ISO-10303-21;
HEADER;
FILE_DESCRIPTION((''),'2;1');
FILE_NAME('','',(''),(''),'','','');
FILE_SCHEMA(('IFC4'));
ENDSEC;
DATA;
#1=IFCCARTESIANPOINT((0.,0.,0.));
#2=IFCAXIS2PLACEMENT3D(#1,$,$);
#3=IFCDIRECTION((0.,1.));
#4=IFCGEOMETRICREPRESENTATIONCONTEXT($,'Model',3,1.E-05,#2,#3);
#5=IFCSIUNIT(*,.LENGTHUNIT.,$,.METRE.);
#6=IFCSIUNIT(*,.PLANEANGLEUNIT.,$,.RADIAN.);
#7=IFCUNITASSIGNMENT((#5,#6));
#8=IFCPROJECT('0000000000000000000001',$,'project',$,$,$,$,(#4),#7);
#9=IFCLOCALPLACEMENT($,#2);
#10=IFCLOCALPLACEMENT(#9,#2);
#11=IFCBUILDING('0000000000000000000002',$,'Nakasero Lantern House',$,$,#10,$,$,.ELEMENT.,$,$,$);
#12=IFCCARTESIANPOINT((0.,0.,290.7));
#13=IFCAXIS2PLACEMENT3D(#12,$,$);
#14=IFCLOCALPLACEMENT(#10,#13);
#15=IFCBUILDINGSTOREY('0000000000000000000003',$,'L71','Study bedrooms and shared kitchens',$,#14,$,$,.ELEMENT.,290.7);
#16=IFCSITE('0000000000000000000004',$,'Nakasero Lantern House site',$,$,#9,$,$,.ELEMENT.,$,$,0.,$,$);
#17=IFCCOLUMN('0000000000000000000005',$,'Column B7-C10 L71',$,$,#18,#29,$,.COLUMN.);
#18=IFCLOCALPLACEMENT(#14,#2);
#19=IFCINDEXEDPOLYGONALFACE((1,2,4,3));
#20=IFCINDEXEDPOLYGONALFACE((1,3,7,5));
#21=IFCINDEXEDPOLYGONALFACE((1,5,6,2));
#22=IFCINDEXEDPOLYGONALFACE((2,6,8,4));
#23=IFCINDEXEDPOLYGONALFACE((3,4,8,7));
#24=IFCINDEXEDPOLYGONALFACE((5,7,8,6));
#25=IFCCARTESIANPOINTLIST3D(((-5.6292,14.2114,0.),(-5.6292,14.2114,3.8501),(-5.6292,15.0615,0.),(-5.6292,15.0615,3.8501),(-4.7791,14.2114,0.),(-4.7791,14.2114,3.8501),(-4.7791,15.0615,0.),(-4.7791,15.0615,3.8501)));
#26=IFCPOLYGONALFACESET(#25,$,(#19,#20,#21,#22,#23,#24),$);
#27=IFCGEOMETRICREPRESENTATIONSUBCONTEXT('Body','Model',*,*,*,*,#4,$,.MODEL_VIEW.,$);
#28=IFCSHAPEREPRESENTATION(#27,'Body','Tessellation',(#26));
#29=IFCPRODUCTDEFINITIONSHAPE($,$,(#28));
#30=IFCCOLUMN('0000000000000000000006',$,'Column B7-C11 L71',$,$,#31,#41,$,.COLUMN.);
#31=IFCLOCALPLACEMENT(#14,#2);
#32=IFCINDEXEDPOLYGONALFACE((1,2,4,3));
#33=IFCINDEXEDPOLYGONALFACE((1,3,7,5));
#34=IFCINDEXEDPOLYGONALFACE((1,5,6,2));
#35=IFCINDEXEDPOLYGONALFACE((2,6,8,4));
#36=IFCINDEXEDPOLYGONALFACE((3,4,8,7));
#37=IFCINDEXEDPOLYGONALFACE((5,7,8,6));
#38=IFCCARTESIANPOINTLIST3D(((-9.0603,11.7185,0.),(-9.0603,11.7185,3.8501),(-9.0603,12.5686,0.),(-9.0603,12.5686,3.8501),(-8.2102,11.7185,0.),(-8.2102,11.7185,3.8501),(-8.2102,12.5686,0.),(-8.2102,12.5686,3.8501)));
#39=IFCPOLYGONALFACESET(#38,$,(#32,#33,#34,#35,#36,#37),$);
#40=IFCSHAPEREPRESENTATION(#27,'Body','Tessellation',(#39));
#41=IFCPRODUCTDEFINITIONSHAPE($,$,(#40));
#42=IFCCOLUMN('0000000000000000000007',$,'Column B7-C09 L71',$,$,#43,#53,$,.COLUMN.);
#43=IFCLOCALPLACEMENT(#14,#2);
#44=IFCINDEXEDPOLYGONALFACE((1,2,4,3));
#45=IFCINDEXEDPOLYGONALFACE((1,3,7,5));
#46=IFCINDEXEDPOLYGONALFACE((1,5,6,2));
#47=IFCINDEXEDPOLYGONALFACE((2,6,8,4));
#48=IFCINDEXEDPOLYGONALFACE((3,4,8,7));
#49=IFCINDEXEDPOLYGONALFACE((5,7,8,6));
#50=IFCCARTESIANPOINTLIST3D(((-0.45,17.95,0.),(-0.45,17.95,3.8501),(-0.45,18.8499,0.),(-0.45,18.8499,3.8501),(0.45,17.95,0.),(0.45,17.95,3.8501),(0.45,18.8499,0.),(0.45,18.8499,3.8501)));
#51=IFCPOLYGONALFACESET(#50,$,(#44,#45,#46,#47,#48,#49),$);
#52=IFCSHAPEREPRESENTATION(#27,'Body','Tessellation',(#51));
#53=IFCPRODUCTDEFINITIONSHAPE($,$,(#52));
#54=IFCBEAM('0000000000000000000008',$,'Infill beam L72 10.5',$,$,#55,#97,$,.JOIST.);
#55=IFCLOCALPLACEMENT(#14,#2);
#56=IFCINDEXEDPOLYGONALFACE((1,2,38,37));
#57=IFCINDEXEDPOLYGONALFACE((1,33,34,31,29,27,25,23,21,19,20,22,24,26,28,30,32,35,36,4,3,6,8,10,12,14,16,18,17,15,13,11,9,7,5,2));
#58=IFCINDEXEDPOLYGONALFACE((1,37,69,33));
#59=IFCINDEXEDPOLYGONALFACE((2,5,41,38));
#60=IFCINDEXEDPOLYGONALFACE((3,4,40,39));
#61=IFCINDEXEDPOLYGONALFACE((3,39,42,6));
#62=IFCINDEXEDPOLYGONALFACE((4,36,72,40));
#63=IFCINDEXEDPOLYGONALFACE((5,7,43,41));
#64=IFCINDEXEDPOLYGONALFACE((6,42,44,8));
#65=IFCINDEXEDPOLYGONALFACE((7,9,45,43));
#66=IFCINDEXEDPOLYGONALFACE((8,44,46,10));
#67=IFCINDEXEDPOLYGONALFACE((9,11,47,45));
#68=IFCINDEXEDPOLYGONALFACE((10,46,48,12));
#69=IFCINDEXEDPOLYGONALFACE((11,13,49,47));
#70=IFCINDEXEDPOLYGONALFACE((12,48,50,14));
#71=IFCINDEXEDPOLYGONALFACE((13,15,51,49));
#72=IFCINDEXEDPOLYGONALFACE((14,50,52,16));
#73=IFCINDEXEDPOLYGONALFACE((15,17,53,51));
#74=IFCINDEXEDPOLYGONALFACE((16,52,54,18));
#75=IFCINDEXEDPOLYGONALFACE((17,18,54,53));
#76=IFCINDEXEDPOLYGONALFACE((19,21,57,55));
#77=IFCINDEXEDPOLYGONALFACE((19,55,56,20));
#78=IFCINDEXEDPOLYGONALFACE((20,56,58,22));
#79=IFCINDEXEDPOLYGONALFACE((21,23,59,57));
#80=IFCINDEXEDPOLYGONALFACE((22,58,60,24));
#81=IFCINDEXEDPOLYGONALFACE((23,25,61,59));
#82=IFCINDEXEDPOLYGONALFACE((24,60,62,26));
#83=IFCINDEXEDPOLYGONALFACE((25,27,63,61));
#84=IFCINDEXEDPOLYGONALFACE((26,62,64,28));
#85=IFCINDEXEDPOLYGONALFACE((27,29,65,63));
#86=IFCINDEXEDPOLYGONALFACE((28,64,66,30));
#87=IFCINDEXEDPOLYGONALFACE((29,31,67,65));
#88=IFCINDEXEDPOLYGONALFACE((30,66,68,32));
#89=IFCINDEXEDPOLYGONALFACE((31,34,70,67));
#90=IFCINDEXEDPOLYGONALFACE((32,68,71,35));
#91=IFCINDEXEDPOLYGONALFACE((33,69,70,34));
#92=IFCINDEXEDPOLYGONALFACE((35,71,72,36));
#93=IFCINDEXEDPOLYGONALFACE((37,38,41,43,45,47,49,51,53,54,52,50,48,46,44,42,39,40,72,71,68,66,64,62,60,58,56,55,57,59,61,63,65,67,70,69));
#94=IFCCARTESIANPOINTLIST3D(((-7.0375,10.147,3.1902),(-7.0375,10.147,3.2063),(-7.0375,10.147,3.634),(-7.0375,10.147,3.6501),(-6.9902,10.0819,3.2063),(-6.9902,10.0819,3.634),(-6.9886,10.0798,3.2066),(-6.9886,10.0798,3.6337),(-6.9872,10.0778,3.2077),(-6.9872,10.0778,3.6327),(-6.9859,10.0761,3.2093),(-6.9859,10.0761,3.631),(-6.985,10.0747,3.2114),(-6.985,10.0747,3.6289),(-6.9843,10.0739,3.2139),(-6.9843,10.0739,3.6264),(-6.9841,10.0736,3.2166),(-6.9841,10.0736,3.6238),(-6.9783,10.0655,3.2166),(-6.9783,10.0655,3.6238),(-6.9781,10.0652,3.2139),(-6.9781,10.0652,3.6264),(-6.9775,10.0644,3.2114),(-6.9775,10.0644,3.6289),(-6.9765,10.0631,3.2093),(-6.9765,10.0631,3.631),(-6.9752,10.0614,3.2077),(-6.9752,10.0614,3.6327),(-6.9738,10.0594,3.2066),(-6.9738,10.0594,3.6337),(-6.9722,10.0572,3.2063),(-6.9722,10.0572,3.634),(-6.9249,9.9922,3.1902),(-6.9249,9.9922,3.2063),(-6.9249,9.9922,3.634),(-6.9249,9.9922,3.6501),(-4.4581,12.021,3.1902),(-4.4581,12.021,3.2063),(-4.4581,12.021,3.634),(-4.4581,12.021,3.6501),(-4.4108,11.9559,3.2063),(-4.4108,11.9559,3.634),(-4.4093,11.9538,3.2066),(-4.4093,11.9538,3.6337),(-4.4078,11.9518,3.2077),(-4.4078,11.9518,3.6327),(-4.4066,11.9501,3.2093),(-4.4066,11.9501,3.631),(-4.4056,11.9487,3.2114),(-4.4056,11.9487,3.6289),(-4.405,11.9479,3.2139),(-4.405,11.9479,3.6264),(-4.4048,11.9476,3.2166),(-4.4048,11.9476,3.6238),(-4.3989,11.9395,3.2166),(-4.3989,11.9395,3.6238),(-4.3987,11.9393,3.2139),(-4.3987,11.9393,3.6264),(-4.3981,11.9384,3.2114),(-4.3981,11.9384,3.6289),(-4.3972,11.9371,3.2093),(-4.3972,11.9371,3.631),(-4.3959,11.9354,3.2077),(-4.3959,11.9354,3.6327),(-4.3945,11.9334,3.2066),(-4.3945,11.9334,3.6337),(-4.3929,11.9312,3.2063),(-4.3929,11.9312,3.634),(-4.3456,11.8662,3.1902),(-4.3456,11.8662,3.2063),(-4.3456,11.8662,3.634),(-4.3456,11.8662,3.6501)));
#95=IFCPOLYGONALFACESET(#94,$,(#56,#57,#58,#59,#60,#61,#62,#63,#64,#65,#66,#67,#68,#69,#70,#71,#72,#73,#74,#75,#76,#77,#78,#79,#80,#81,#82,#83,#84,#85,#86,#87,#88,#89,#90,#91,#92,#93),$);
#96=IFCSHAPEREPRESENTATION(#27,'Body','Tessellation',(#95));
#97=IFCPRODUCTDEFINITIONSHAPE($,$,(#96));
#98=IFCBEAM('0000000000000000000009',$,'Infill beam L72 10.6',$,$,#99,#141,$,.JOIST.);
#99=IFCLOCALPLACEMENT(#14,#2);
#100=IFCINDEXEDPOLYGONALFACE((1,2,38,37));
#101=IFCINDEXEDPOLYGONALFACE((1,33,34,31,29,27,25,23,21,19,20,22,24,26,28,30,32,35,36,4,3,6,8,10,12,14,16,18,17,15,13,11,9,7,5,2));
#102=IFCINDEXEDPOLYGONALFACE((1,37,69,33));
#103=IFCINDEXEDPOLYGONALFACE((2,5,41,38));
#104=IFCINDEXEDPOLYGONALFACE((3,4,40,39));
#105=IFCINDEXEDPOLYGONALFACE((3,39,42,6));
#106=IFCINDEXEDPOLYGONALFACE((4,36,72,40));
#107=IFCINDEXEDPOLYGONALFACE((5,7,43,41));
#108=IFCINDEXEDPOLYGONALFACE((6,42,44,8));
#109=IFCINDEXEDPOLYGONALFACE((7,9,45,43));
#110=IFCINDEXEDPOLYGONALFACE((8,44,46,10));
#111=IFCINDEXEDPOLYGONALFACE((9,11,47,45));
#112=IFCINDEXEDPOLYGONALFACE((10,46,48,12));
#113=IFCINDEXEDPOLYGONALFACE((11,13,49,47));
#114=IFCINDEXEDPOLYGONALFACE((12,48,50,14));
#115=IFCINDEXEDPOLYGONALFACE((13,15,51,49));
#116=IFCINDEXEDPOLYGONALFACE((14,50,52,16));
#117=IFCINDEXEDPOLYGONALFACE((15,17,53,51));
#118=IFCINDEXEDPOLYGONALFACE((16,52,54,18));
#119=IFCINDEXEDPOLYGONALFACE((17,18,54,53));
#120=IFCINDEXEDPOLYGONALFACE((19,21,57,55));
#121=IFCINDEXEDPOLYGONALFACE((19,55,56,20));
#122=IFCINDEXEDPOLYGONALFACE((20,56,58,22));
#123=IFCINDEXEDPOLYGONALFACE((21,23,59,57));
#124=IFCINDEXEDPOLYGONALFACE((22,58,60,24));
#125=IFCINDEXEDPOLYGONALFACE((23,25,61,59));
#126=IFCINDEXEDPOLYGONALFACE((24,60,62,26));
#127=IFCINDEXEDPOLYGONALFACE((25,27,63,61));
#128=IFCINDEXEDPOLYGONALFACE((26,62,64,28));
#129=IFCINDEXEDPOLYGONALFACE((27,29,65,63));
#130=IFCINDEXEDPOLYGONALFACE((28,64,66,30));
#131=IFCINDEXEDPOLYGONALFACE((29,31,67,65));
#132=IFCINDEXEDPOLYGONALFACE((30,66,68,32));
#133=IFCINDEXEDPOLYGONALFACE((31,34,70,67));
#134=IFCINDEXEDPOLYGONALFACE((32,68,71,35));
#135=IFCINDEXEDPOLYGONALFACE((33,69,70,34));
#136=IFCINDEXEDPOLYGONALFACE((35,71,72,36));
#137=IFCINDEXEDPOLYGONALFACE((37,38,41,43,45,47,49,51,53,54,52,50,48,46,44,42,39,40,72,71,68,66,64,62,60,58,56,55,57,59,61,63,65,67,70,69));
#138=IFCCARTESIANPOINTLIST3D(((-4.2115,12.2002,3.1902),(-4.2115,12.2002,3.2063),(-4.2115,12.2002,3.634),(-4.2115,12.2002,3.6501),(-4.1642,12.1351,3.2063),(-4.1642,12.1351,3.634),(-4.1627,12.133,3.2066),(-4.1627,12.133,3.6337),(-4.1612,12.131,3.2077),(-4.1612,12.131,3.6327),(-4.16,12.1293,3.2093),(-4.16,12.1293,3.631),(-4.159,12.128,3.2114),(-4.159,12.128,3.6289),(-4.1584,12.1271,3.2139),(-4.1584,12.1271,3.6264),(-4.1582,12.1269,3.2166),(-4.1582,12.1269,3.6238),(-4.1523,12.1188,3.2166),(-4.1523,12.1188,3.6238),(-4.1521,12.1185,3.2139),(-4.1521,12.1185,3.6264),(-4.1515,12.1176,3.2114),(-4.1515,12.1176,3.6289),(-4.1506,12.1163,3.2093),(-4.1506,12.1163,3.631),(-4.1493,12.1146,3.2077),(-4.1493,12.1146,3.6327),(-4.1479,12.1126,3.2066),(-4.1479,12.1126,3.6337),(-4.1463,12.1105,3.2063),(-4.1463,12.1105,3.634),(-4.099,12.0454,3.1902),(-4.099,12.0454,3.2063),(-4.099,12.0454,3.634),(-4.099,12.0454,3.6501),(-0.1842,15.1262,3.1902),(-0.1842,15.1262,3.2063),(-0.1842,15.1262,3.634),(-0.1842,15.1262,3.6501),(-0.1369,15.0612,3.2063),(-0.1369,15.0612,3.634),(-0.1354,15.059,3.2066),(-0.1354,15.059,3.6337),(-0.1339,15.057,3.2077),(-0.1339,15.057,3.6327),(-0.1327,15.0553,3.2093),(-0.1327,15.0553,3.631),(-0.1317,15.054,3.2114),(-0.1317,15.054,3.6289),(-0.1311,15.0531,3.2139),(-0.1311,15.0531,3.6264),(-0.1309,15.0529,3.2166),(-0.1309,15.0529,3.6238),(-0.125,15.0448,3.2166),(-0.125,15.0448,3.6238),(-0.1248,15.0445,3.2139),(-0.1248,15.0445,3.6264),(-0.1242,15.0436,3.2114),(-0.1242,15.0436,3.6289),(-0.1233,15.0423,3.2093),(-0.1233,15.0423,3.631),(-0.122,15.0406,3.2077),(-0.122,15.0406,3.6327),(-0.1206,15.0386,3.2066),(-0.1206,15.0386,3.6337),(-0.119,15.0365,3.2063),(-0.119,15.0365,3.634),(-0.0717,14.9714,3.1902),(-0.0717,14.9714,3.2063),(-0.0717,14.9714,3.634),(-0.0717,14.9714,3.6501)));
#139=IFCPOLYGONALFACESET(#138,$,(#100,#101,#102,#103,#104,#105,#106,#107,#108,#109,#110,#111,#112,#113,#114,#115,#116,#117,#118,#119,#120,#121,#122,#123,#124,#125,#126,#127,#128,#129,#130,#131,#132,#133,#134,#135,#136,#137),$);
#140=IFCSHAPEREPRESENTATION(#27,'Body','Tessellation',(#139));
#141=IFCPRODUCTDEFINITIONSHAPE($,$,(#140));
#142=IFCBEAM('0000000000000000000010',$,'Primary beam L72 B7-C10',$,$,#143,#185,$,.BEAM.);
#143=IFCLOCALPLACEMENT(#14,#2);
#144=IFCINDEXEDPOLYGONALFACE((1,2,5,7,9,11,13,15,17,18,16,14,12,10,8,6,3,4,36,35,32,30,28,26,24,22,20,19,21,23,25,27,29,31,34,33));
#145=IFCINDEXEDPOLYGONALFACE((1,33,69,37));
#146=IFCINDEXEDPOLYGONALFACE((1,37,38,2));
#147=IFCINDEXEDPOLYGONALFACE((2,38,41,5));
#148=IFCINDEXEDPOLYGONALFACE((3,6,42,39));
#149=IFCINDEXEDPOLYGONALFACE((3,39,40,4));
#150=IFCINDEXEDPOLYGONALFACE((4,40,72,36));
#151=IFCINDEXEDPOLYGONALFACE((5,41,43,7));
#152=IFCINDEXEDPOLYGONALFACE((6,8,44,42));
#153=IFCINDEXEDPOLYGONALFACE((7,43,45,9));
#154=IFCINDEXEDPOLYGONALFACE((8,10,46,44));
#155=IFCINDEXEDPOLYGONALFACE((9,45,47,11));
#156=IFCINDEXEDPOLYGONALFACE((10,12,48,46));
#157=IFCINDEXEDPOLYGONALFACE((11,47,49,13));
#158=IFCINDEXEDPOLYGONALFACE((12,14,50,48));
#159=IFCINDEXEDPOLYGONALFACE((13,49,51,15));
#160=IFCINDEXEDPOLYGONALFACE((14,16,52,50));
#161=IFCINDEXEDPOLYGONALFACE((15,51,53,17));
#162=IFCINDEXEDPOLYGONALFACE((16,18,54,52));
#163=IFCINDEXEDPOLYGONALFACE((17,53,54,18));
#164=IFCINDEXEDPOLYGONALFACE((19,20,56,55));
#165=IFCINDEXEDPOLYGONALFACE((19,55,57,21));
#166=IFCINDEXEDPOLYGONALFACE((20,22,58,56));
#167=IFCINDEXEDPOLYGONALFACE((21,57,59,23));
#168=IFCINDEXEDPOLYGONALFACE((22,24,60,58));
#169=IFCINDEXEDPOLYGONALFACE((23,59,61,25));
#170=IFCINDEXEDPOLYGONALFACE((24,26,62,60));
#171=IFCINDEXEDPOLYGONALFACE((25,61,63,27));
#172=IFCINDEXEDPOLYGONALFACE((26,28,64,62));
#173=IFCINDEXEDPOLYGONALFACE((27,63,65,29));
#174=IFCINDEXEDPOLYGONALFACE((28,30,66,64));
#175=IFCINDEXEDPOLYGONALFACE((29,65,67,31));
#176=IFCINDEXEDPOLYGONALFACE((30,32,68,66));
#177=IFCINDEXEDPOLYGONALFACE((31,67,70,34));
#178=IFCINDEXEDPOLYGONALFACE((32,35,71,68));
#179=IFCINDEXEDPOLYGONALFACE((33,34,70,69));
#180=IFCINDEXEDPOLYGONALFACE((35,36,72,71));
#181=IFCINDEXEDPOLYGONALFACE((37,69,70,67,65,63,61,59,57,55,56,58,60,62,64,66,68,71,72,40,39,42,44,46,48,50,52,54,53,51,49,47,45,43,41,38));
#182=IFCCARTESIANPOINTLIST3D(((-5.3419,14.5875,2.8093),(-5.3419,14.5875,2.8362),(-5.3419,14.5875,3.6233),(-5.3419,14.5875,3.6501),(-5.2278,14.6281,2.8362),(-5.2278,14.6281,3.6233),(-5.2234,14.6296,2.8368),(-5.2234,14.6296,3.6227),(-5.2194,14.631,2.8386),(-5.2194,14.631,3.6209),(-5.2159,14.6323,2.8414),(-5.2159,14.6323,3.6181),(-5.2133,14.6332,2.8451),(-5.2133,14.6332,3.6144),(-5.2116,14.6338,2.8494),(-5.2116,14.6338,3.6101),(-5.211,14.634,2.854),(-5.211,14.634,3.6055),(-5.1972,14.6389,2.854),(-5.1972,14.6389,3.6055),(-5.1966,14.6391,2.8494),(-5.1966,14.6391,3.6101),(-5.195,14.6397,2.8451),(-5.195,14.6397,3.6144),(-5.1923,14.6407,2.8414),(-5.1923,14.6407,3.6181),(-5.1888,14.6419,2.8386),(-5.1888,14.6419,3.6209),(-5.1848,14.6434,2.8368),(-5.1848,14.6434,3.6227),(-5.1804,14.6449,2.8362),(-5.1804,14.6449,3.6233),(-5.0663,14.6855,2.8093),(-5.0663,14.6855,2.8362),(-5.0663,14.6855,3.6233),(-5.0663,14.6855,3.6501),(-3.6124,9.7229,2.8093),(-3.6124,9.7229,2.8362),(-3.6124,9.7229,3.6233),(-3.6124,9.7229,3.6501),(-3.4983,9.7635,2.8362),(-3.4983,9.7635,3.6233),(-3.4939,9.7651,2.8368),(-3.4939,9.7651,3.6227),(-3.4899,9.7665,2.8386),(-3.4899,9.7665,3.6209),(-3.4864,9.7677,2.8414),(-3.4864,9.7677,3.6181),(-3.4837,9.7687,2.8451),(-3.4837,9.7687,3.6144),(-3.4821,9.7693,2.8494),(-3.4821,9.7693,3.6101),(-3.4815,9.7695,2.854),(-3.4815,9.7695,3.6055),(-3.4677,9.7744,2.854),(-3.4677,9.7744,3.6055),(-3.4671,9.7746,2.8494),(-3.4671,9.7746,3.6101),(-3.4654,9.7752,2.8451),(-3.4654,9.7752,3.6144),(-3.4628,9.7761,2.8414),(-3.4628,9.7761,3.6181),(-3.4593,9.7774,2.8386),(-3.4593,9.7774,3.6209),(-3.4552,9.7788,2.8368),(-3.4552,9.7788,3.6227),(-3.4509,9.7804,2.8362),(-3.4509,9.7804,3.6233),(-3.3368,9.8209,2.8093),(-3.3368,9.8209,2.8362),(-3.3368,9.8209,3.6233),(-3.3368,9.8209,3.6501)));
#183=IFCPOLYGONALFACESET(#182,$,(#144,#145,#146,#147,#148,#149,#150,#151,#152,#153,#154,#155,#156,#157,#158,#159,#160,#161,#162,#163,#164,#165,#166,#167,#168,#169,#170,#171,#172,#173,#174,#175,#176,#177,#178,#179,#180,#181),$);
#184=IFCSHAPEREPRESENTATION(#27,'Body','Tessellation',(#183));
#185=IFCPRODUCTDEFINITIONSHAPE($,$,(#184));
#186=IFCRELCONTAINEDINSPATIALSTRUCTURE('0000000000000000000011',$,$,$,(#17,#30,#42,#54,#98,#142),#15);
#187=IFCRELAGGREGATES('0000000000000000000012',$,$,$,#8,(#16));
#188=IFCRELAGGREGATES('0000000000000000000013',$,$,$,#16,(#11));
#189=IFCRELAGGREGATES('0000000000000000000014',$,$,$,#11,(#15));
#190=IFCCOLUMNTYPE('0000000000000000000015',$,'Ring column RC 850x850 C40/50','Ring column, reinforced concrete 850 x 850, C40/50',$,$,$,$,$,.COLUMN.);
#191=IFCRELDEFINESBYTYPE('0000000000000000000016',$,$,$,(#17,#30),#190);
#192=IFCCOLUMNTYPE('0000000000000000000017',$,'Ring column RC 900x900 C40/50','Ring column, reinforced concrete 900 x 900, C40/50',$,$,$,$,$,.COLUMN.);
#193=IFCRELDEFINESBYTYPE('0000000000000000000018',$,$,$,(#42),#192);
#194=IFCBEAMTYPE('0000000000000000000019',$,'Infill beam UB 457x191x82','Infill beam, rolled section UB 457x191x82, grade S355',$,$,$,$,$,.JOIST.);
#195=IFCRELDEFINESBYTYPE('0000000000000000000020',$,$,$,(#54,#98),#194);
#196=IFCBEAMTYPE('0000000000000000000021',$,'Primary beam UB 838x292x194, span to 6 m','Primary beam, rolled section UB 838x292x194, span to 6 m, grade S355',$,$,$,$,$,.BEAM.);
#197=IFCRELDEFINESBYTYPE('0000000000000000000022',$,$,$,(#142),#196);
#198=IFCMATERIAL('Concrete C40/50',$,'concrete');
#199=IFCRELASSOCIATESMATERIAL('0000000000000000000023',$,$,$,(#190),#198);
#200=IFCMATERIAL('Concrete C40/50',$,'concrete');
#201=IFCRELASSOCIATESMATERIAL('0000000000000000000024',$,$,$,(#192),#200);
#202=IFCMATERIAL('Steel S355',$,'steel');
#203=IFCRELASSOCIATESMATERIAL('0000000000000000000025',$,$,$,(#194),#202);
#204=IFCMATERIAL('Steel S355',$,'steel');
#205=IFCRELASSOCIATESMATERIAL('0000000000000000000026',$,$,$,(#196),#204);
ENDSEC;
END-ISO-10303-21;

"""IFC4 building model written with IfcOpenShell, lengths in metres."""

from ifc_helpers import new_model, si_unit, direction, frame, origin, origin_2d, place, context, subcontext, project, spatial, rectangle, i_section, extrude, material, material_profile, profile_set, type_object, element, save


model = new_model("IFC4")

# Units and contexts
model_context = context("Model", 3, precision=1e-05, world=origin(), true_north=direction((0.0, 1.0)))
body_context = subcontext(model_context, "Body", "Model", "MODEL_VIEW")
ifc_project = project(units=[si_unit("LENGTHUNIT", "METRE"), si_unit("PLANEANGLEUNIT", "RADIAN")], contexts=[model_context])

# Site, building, storey
site_placement = place(None, origin())
site = spatial("IfcSite", under=ifc_project, at=site_placement, Name="Nakasero Lantern House site", CompositionType="ELEMENT", RefElevation=0.0)
building_placement = place(site_placement, origin())
building = spatial("IfcBuilding", under=site, at=building_placement, Name="Nakasero Lantern House", CompositionType="ELEMENT")
storey_placement = place(building_placement, frame((0.0, 0.0, 290.7)))
storey = spatial("IfcBuildingStorey", under=building, at=storey_placement, Name="L71", Description="Study bedrooms and shared kitchens", CompositionType="ELEMENT", Elevation=290.7)

# Columns
ifc_material_1 = material(Name="Concrete C40/50", Category="concrete")
ifc_material_profile_1 = material_profile(ifc_material_1, rectangle(XDim=0.8501, YDim=0.8501, at=origin_2d()), Name="RC 850x850")
ifc_profile_set_1 = profile_set([ifc_material_profile_1], Name="Concrete C40/50")
column_type_1 = type_object("IfcColumnType", Name="Ring column RC 850x850 C40/50", Description="Ring column, reinforced concrete 850 x 850, C40/50", PredefinedType="COLUMN", material=ifc_profile_set_1)
for number, where, z_axis, x_axis, name in (
    (1, (-5.2041, 14.6365, 0.0), (0.0, 0.0, 1.0), (1.0, 0.0, 0.0), "Column B7-C10 L71"),
    (2, (-8.6353, 12.1436, 0.0), (0.0, 0.0, 1.0), (1.0, 0.0, 0.0), "Column B7-C11 L71"),
):
    element("IfcColumn", number, at=place(storey_placement, frame(where, z_axis=z_axis, x_axis=x_axis)), inside=storey, type_object=column_type_1, Name=name, PredefinedType="COLUMN", context=body_context, shape_type="SweptSolid", body=[
        extrude(rectangle(XDim=0.8501, YDim=0.8501, at=origin_2d()), origin(), (0.0, 0.0, 1.0), 3.8501),
    ])
ifc_material_2 = material(Name="Concrete C40/50", Category="concrete")
ifc_material_profile_2 = material_profile(ifc_material_2, rectangle(XDim=0.8999, YDim=0.8999, at=origin_2d()), Name="RC 900x900")
ifc_profile_set_2 = profile_set([ifc_material_profile_2], Name="Concrete C40/50")
column_type_2 = type_object("IfcColumnType", Name="Ring column RC 900x900 C40/50", Description="Ring column, reinforced concrete 900 x 900, C40/50", PredefinedType="COLUMN", material=ifc_profile_set_2)
column_placement = place(storey_placement, frame((0.0, 18.3999, 0.0), z_axis=(0.0, 0.0, 1.0), x_axis=(1.0, 0.0, 0.0)))
element("IfcColumn", 3, at=column_placement, inside=storey, type_object=column_type_2, Name="Column B7-C09 L71", PredefinedType="COLUMN", context=body_context, shape_type="SweptSolid", body=[
    extrude(rectangle(XDim=0.8999, YDim=0.8999, at=origin_2d()), origin(), (0.0, 0.0, 1.0), 3.8501),
])

# Beams
ifc_material_3 = material(Name="Steel S355", Category="steel")
ifc_material_profile_3 = material_profile(ifc_material_3, i_section(OverallWidth=0.1914, OverallDepth=0.46, WebThickness=0.01, FlangeThickness=0.0161, FilletRadius=0.0103, at=origin_2d()), Name="UB 457x191x82")
ifc_profile_set_3 = profile_set([ifc_material_profile_3], Name="Steel S355")
beam_type_1 = type_object("IfcBeamType", Name="Infill beam UB 457x191x82", Description="Infill beam, rolled section UB 457x191x82, grade S355", PredefinedType="JOIST", material=ifc_profile_set_3)
beam_1_placement = place(storey_placement, frame((-6.9812, 10.0696, 3.4202), z_axis=(0.809014, 0.587789, 0.0), x_axis=(-0.587789, 0.809014, 0.0)))
element("IfcBeam", 4, at=beam_1_placement, inside=storey, type_object=beam_type_1, Name="Infill beam L72 10.5", PredefinedType="JOIST", context=body_context, shape_type="SweptSolid", body=[
    extrude(i_section(OverallWidth=0.1914, OverallDepth=0.46, WebThickness=0.01, FlangeThickness=0.0161, FilletRadius=0.0103, at=origin_2d()), origin(), (0.0, 0.0, 1.0), 3.1882),
])
beam_2_placement = place(storey_placement, frame((-4.1553, 12.1228, 3.4202), z_axis=(0.809018, 0.587784, 0.0), x_axis=(-0.587784, 0.809018, 0.0)))
element("IfcBeam", 5, at=beam_2_placement, inside=storey, type_object=beam_type_1, Name="Infill beam L72 10.6", PredefinedType="JOIST", context=body_context, shape_type="SweptSolid", body=[
    extrude(i_section(OverallWidth=0.1914, OverallDepth=0.46, WebThickness=0.01, FlangeThickness=0.0161, FilletRadius=0.0103, at=origin_2d()), origin(), (0.0, 0.0, 1.0), 4.978),
])
ifc_material_4 = material(Name="Steel S355", Category="steel")
ifc_material_profile_4 = material_profile(ifc_material_4, i_section(OverallWidth=0.2925, OverallDepth=0.8408, WebThickness=0.0146, FlangeThickness=0.0269, FilletRadius=0.0178, at=origin_2d()), Name="UB 838x292x194")
ifc_profile_set_4 = profile_set([ifc_material_profile_4], Name="Steel S355")
beam_type_2 = type_object("IfcBeamType", Name="Primary beam UB 838x292x194, span to 6 m", Description="Primary beam, rolled section UB 838x292x194, span to 6 m, grade S355", PredefinedType="BEAM", material=ifc_profile_set_4)
beam_3_placement = place(storey_placement, frame((-5.2041, 14.6365, 3.2297), z_axis=(0.334991, -0.942221, 0.0), x_axis=(0.942221, 0.334991, 0.0)))
element("IfcBeam", 6, at=beam_3_placement, inside=storey, type_object=beam_type_2, Name="Primary beam L72 B7-C10", PredefinedType="BEAM", context=body_context, shape_type="SweptSolid", body=[
    extrude(i_section(OverallWidth=0.2925, OverallDepth=0.8408, WebThickness=0.0146, FlangeThickness=0.0269, FilletRadius=0.0178, at=origin_2d()), origin(), (0.0, 0.0, 1.0), 5.1628),
])

save(model, "model.ifc")
